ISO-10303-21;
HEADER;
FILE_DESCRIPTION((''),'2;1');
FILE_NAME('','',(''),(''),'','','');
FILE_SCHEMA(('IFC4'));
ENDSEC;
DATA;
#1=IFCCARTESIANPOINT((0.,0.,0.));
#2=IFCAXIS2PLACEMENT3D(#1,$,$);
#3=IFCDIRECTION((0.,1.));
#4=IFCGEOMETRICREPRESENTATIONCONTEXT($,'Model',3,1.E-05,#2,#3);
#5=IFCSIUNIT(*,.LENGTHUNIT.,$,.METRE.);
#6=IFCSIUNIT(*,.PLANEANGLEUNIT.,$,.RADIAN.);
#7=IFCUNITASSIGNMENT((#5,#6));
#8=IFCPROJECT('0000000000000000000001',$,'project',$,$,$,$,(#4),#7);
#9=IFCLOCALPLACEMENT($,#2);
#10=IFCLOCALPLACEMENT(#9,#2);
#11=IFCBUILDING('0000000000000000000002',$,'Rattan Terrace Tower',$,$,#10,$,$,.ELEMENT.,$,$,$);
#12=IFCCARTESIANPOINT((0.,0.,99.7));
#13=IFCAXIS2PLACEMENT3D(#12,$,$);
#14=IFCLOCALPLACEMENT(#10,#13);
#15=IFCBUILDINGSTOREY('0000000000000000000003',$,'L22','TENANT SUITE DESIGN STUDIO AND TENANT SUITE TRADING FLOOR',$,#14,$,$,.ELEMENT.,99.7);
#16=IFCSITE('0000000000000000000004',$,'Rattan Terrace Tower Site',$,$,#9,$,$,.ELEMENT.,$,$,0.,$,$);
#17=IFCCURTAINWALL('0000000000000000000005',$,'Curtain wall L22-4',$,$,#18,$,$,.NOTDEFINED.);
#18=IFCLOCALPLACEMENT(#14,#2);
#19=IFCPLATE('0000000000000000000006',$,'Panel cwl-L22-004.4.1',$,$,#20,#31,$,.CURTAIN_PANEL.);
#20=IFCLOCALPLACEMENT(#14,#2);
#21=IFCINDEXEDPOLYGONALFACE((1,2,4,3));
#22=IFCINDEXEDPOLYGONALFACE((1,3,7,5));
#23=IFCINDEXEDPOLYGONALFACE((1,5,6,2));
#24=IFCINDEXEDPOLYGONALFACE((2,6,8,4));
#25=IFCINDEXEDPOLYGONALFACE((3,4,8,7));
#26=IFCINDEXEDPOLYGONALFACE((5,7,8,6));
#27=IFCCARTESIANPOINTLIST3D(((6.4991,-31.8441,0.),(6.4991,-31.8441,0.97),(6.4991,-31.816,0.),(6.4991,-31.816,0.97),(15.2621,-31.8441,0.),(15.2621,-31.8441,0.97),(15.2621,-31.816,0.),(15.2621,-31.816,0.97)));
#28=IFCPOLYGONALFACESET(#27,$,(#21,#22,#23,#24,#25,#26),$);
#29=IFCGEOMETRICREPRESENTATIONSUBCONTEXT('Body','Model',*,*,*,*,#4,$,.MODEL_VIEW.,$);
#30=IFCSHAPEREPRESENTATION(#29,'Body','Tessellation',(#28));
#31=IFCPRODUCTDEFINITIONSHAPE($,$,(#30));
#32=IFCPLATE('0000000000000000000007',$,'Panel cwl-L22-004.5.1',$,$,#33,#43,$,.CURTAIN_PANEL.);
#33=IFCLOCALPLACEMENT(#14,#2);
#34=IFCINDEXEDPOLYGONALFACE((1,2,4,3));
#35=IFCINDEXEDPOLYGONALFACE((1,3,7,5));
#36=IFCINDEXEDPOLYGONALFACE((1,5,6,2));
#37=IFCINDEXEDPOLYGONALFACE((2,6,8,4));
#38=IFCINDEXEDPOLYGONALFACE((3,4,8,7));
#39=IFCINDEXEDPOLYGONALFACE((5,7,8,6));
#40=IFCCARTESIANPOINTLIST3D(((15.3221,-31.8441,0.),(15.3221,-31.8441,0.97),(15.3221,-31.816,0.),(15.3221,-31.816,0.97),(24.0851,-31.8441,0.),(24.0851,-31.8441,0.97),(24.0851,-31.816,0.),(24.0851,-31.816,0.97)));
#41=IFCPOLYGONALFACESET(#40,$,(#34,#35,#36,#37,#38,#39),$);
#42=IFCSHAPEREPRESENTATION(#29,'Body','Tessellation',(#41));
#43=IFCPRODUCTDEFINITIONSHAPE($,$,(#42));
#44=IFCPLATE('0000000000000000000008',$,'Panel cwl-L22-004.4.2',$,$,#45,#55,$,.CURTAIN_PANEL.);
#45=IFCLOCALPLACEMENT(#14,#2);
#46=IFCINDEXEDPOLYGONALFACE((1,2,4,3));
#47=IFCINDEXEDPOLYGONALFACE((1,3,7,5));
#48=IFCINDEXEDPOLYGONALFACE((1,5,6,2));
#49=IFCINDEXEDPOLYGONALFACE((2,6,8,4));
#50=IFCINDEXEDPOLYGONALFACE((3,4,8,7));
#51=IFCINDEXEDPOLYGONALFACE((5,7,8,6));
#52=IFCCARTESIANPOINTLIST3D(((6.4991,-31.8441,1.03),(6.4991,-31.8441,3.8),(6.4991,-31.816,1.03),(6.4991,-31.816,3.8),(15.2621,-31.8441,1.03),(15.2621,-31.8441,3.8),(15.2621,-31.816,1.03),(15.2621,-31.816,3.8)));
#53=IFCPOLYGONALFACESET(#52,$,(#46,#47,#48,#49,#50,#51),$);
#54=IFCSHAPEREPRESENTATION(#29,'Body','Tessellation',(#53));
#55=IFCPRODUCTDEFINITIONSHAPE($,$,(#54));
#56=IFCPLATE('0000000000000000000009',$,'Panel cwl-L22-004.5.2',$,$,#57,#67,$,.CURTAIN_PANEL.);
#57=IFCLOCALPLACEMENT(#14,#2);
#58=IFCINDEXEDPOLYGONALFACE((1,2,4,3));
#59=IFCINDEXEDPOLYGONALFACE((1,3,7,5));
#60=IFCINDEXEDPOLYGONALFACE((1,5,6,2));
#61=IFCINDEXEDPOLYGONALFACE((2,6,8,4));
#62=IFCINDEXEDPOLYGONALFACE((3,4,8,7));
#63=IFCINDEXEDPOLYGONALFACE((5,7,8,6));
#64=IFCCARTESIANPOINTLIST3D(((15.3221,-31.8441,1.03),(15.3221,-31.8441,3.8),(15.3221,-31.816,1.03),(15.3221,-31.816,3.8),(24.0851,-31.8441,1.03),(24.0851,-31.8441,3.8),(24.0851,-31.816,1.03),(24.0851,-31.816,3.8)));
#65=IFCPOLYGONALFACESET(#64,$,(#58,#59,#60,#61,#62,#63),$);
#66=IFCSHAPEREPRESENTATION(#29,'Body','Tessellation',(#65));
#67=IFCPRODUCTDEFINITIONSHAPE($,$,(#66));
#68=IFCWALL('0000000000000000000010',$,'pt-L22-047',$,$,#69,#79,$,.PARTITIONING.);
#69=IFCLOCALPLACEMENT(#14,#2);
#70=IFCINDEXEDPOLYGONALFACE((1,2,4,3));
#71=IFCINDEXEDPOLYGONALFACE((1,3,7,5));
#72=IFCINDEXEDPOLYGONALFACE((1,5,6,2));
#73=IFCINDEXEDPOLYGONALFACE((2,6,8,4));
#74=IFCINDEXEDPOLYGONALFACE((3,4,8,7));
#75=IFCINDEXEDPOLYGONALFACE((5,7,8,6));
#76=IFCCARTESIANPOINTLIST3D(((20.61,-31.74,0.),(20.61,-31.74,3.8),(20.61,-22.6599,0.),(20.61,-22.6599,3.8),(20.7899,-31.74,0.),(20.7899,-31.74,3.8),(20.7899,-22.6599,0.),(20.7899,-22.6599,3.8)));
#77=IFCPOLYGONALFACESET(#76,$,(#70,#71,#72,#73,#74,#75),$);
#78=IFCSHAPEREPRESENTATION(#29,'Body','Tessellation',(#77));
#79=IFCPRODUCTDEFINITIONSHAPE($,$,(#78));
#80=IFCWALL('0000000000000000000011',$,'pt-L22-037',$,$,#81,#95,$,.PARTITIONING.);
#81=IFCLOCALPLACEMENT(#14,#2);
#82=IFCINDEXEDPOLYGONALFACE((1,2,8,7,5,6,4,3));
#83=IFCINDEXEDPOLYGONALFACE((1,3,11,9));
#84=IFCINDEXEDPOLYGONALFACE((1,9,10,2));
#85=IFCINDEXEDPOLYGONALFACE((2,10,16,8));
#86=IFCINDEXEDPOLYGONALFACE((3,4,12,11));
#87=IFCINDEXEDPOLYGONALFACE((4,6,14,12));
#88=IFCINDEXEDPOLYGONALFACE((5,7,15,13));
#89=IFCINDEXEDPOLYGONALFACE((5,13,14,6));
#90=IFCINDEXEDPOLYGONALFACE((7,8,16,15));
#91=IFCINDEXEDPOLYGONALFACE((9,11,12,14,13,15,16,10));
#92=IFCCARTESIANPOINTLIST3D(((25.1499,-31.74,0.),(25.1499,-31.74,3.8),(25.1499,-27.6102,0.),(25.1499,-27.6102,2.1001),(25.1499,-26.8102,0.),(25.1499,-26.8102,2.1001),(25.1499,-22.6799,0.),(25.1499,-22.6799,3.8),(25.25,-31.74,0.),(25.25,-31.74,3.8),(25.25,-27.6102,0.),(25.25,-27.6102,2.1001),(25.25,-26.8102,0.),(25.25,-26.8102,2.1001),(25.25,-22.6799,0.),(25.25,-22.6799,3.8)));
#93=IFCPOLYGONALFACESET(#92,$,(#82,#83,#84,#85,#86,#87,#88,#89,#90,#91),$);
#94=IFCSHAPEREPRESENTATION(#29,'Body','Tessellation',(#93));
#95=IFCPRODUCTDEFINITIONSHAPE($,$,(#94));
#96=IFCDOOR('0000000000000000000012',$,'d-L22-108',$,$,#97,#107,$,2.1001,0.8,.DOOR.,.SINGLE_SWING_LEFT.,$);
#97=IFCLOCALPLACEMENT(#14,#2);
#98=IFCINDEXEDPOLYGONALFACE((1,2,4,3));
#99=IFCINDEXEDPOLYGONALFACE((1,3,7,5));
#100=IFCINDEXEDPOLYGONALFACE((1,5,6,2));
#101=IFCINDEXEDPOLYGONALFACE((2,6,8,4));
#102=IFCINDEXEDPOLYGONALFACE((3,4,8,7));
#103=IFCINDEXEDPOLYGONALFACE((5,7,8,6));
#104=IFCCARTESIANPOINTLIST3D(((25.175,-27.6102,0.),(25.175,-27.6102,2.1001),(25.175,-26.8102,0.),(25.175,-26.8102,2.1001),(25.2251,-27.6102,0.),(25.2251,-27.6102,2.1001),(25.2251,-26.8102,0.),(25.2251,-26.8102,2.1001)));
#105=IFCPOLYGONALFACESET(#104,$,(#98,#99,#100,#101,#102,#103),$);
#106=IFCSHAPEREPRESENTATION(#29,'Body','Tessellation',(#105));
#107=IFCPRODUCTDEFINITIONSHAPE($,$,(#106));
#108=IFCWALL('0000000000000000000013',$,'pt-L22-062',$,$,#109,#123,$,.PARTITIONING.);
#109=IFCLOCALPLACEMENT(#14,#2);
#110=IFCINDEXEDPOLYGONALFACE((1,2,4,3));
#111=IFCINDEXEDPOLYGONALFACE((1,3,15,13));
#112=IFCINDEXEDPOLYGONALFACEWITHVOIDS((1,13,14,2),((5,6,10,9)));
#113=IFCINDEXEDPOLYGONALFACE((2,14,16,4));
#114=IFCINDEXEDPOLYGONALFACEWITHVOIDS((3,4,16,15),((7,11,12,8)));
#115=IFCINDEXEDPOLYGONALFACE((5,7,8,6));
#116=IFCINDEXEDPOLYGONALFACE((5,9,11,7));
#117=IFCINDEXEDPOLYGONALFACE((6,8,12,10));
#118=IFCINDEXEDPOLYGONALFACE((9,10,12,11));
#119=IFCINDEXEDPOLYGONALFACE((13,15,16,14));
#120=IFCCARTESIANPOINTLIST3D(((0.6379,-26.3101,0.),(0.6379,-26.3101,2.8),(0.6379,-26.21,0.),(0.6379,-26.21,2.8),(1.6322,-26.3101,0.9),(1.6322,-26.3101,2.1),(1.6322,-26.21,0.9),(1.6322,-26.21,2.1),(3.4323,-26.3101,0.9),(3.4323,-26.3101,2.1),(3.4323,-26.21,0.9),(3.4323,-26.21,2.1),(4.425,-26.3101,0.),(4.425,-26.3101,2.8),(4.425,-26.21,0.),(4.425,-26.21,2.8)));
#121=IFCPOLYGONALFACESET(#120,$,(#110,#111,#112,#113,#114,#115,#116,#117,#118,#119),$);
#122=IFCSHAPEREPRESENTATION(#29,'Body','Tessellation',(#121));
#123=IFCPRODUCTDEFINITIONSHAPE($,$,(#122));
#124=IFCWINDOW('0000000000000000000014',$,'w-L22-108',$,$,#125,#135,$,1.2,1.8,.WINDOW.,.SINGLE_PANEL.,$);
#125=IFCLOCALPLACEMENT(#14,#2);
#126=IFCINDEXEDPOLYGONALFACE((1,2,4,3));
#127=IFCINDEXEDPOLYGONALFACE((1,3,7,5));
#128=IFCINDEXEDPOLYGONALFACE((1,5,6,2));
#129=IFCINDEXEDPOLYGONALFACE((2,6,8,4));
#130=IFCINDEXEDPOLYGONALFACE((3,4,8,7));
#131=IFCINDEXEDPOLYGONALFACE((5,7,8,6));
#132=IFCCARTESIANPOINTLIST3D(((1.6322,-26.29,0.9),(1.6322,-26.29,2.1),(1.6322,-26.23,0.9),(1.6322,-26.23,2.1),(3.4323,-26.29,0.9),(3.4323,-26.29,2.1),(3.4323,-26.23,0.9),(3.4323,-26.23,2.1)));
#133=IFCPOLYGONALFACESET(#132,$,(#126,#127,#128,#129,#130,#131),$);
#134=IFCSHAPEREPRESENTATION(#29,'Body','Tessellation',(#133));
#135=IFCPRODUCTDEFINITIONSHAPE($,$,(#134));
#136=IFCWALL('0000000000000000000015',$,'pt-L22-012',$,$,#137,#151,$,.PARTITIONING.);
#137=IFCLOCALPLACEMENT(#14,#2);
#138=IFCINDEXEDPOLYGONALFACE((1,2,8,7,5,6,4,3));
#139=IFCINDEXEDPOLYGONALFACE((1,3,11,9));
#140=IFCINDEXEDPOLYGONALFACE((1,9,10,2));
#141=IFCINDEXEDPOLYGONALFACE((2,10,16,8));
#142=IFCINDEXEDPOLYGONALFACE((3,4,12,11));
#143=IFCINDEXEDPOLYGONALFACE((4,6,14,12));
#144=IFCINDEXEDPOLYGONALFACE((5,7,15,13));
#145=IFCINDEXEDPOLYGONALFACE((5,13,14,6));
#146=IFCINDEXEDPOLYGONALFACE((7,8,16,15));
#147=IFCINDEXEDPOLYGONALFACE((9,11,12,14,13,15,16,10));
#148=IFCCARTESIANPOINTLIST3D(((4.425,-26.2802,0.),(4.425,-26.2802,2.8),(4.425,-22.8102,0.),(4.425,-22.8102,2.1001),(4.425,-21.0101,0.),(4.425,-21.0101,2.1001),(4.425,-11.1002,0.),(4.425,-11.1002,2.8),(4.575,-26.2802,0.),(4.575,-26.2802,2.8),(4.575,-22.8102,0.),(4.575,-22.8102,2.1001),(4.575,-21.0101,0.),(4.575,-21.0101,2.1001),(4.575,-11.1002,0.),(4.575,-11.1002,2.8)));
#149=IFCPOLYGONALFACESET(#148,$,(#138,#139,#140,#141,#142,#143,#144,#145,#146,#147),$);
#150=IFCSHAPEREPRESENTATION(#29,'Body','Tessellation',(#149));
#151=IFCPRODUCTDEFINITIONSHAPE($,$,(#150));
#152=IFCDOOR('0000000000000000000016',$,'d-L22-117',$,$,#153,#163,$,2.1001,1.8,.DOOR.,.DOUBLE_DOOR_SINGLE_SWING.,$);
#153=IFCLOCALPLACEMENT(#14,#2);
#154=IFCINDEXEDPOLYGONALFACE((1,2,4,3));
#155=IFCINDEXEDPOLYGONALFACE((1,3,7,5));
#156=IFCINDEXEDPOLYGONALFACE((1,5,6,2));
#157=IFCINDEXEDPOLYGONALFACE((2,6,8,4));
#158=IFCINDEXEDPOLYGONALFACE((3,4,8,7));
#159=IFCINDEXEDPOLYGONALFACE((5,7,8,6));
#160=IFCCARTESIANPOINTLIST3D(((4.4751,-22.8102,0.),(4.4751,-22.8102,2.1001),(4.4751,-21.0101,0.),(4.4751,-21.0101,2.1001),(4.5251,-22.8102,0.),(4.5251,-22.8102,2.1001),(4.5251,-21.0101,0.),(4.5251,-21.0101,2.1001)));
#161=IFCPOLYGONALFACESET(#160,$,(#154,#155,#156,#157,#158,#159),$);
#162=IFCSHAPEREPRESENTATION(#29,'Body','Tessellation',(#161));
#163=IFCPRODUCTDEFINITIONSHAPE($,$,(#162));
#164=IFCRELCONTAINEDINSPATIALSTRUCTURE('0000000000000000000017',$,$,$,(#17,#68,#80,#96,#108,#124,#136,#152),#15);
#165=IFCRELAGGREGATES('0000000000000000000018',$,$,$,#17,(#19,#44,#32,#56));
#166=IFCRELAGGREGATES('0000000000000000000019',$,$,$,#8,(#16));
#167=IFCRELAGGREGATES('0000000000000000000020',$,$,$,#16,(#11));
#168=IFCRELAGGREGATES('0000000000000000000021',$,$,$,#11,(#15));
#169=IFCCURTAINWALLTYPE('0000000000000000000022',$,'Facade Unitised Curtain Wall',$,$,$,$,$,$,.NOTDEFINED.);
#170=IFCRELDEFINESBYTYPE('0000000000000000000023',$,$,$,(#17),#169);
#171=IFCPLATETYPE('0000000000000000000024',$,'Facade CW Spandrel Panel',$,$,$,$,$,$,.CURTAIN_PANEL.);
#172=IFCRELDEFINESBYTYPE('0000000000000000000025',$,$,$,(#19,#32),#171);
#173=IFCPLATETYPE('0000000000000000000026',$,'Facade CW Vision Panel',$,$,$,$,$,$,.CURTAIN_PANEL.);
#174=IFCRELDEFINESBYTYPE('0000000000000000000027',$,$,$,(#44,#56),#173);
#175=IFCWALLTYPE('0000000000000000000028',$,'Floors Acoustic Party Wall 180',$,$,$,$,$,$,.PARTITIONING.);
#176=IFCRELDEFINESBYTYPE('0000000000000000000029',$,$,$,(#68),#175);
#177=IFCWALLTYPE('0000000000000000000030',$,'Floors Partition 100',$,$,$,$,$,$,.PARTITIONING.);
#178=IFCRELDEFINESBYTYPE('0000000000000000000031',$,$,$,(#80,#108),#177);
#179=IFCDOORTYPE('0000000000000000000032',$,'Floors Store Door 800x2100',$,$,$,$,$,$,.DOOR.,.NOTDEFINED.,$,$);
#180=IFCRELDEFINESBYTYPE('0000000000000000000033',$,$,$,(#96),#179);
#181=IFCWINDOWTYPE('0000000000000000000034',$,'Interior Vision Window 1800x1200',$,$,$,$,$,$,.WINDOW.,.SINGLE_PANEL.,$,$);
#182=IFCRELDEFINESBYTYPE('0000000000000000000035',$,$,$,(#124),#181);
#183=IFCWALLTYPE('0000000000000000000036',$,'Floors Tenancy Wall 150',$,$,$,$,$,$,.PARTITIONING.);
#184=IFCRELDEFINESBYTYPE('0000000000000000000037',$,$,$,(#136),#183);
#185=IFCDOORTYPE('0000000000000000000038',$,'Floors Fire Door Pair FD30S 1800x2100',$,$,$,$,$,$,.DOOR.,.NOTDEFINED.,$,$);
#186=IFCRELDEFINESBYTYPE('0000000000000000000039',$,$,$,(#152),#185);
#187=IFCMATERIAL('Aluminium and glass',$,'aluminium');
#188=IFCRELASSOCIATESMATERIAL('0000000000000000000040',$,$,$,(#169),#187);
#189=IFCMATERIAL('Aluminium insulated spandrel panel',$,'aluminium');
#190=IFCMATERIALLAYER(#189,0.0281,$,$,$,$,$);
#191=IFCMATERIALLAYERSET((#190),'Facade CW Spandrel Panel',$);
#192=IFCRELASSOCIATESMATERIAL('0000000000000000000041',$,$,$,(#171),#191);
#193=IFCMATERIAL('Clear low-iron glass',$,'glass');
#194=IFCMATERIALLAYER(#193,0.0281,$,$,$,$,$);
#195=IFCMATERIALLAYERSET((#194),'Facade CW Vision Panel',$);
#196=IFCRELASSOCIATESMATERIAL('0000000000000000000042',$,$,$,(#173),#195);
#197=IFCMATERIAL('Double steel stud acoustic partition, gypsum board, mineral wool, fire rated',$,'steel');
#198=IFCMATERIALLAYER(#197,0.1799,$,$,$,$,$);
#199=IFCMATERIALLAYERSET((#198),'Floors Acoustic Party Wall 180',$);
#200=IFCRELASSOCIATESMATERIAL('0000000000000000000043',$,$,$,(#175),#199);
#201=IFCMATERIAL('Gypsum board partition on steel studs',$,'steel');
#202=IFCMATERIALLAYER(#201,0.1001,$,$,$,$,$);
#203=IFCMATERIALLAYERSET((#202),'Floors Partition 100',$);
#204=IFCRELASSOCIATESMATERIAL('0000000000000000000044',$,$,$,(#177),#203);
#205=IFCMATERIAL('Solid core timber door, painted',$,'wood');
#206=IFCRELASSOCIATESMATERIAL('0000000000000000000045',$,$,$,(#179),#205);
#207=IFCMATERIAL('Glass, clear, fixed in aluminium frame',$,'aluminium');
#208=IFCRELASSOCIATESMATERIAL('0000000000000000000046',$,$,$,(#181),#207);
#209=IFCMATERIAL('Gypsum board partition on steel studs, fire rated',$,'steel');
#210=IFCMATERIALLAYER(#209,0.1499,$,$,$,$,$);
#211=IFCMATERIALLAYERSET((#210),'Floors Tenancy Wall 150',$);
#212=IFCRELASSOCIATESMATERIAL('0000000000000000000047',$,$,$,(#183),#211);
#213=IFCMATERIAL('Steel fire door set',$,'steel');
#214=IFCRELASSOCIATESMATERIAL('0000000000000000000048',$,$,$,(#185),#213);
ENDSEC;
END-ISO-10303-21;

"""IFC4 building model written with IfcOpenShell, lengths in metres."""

from ifc_helpers import new_model, si_unit, direction, frame, frame_2d, origin, origin_2d, place, context, subcontext, project, spatial, rectangle, extrude, material, layer, layer_set, type_object, element, fill, aggregate, save


model = new_model("IFC4")

# Units and contexts
model_context = context("Model", 3, precision=1e-05, world=origin(), true_north=direction((0.0, 1.0)))
body_context = subcontext(model_context, "Body", "Model", "MODEL_VIEW")
ifc_project = project(units=[si_unit("LENGTHUNIT", "METRE"), si_unit("PLANEANGLEUNIT", "RADIAN")], contexts=[model_context])

# Site, building, storey
site_placement = place(None, origin())
site = spatial("IfcSite", under=ifc_project, at=site_placement, Name="Rattan Terrace Tower Site", CompositionType="ELEMENT", RefElevation=0.0)
building_placement = place(site_placement, origin())
building = spatial("IfcBuilding", under=site, at=building_placement, Name="Rattan Terrace Tower", CompositionType="ELEMENT")
storey_placement = place(building_placement, frame((0.0, 0.0, 99.7)))
storey = spatial("IfcBuildingStorey", under=building, at=storey_placement, Name="L22", Description="TENANT SUITE DESIGN STUDIO AND TENANT SUITE TRADING FLOOR", CompositionType="ELEMENT", Elevation=99.7)

# Curtain wall
ifc_material_1 = material(Name="Aluminium and glass", Category="aluminium")
curtain_wall_type = type_object("IfcCurtainWallType", Name="Facade Unitised Curtain Wall", PredefinedType="NOTDEFINED", material=ifc_material_1)
curtain_wall_placement = place(storey_placement, origin())
curtain_wall = element("IfcCurtainWall", 1, at=curtain_wall_placement, inside=storey, type_object=curtain_wall_type, Name="Curtain wall L22-4", PredefinedType="NOTDEFINED")

# Plates
ifc_material_2 = material(Name="Aluminium insulated spandrel panel", Category="aluminium")
ifc_layer_1 = layer(ifc_material_2, 0.0281)
ifc_layer_set_1 = layer_set([ifc_layer_1], Name="Facade CW Spandrel Panel")
plate_type_1 = type_object("IfcPlateType", Name="Facade CW Spandrel Panel", PredefinedType="CURTAIN_PANEL", material=ifc_layer_set_1)
plate_1_placement = place(storey_placement, frame((10.8806, -31.8301, 0.0), z_axis=(0.0, 0.0, 1.0), x_axis=(1.0, 0.0, 0.0)))
plate_1 = element("IfcPlate", 2, at=plate_1_placement, type_object=plate_type_1, Name="Panel cwl-L22-004.4.1", PredefinedType="CURTAIN_PANEL", context=body_context, shape_type="SweptSolid", body=[
    extrude(rectangle(XDim=8.7629, YDim=0.0281, at=origin_2d()), origin(), (0.0, 0.0, 1.0), 0.97),
])
plate_2_placement = place(storey_placement, frame((19.7036, -31.8301, 0.0), z_axis=(0.0, 0.0, 1.0), x_axis=(1.0, 0.0, 0.0)))
plate_2 = element("IfcPlate", 3, at=plate_2_placement, type_object=plate_type_1, Name="Panel cwl-L22-004.5.1", PredefinedType="CURTAIN_PANEL", context=body_context, shape_type="SweptSolid", body=[
    extrude(rectangle(XDim=8.7629, YDim=0.0281, at=origin_2d()), origin(), (0.0, 0.0, 1.0), 0.97),
])
ifc_material_3 = material(Name="Clear low-iron glass", Category="glass")
ifc_layer_2 = layer(ifc_material_3, 0.0281)
ifc_layer_set_2 = layer_set([ifc_layer_2], Name="Facade CW Vision Panel")
plate_type_2 = type_object("IfcPlateType", Name="Facade CW Vision Panel", PredefinedType="CURTAIN_PANEL", material=ifc_layer_set_2)
plate_3_placement = place(storey_placement, frame((10.8806, -31.8301, 1.03), z_axis=(0.0, 0.0, 1.0), x_axis=(1.0, 0.0, 0.0)))
plate_3 = element("IfcPlate", 4, at=plate_3_placement, type_object=plate_type_2, Name="Panel cwl-L22-004.4.2", PredefinedType="CURTAIN_PANEL", context=body_context, shape_type="SweptSolid", body=[
    extrude(rectangle(XDim=8.7629, YDim=0.0281, at=origin_2d()), origin(), (0.0, 0.0, 1.0), 2.77),
])
plate_4_placement = place(storey_placement, frame((19.7036, -31.8301, 1.03), z_axis=(0.0, 0.0, 1.0), x_axis=(1.0, 0.0, 0.0)))
plate_4 = element("IfcPlate", 5, at=plate_4_placement, type_object=plate_type_2, Name="Panel cwl-L22-004.5.2", PredefinedType="CURTAIN_PANEL", context=body_context, shape_type="SweptSolid", body=[
    extrude(rectangle(XDim=8.7629, YDim=0.0281, at=origin_2d()), origin(), (0.0, 0.0, 1.0), 2.77),
])
aggregate(curtain_wall, [plate_1, plate_3, plate_2, plate_4])

# Wall
ifc_material_4 = material(Name="Double steel stud acoustic partition, gypsum board, mineral wool, fire rated", Category="steel")
ifc_layer_3 = layer(ifc_material_4, 0.1799)
ifc_layer_set_3 = layer_set([ifc_layer_3], Name="Floors Acoustic Party Wall 180")
wall_type_1 = type_object("IfcWallType", Name="Floors Acoustic Party Wall 180", PredefinedType="PARTITIONING", material=ifc_layer_set_3)
wall_1_placement = place(storey_placement, frame((20.7, -31.74, 0.0), z_axis=(0.0, 0.0, 1.0), x_axis=(0.0, 1.0, 0.0)))
element("IfcWall", 6, at=wall_1_placement, inside=storey, type_object=wall_type_1, Name="pt-L22-047", PredefinedType="PARTITIONING", context=body_context, shape_type="SweptSolid", body=[
    extrude(rectangle(XDim=9.0801, YDim=0.1799, at=frame_2d((4.54, 0.0))), origin(), (0.0, 0.0, 1.0), 3.8),
])

# Wall, opening, door
ifc_material_5 = material(Name="Gypsum board partition on steel studs", Category="steel")
ifc_layer_4 = layer(ifc_material_5, 0.1001)
ifc_layer_set_4 = layer_set([ifc_layer_4], Name="Floors Partition 100")
wall_type_2 = type_object("IfcWallType", Name="Floors Partition 100", PredefinedType="PARTITIONING", material=ifc_layer_set_4)
wall_2_placement = place(storey_placement, frame((25.2, -31.74, 0.0), z_axis=(0.0, 0.0, 1.0), x_axis=(0.0, 1.0, 0.0)))
wall_2 = element("IfcWall", 7, at=wall_2_placement, inside=storey, type_object=wall_type_2, Name="pt-L22-037", PredefinedType="PARTITIONING", context=body_context, shape_type="SweptSolid", body=[
    extrude(rectangle(XDim=9.0601, YDim=0.1001, at=frame_2d((4.53, 0.0))), origin(), (0.0, 0.0, 1.0), 3.8),
])
opening_1_placement = place(wall_2_placement, frame((4.1299, 0.0, 0.0)))
opening_1 = element("IfcOpeningElement", 8, at=opening_1_placement, cuts=wall_2, PredefinedType="OPENING", context=body_context, shape_type="SweptSolid", body=[
    extrude(rectangle(XDim=0.8, YDim=2.1001, at=frame_2d((0.3999, 1.05))), frame((0.0, 0.0605, 0.0), z_axis=(0.0, -1.0, 0.0), x_axis=(1.0, 0.0, 0.0)), (0.0, 0.0, 1.0), 0.1211),
])
ifc_material_6 = material(Name="Solid core timber door, painted", Category="wood")
door_type_1 = type_object("IfcDoorType", Name="Floors Store Door 800x2100", OperationType="NOTDEFINED", PredefinedType="DOOR", material=ifc_material_6)
door_1_placement = place(opening_1_placement, origin())
door_1 = element("IfcDoor", 9, at=door_1_placement, inside=storey, type_object=door_type_1, Name="d-L22-108", OperationType="SINGLE_SWING_LEFT", OverallHeight=2.1001, OverallWidth=0.8, PredefinedType="DOOR", context=body_context, shape_type="SweptSolid", body=[
    extrude(rectangle(XDim=0.8, YDim=2.1001, at=frame_2d((0.3999, 1.05))), frame((0.0, 0.0249, 0.0), z_axis=(0.0, -1.0, 0.0), x_axis=(1.0, 0.0, 0.0)), (0.0, 0.0, 1.0), 0.05),
])
fill(opening_1, door_1)

# Wall, opening, window
wall_3_placement = place(storey_placement, frame((4.425, -26.26, 0.0), z_axis=(0.0, 0.0, 1.0), x_axis=(-1.0, 0.0, 0.0)))
wall_3 = element("IfcWall", 10, at=wall_3_placement, inside=storey, type_object=wall_type_2, Name="pt-L22-062", PredefinedType="PARTITIONING", context=body_context, shape_type="SweptSolid", body=[
    extrude(rectangle(XDim=3.7871, YDim=0.1001, at=frame_2d((1.8936, 0.0))), origin(), (0.0, 0.0, 1.0), 2.8),
])
opening_2_placement = place(wall_3_placement, frame((0.9929, 0.0, 0.8999)))
opening_2 = element("IfcOpeningElement", 11, at=opening_2_placement, cuts=wall_3, PredefinedType="OPENING", context=body_context, shape_type="SweptSolid", body=[
    extrude(rectangle(XDim=1.8, YDim=1.2, at=frame_2d((0.8999, 0.6001))), frame((0.0, 0.0605, 0.0), z_axis=(0.0, -1.0, 0.0), x_axis=(1.0, 0.0, 0.0)), (0.0, 0.0, 1.0), 0.1211),
])
ifc_material_7 = material(Name="Glass, clear, fixed in aluminium frame", Category="aluminium")
window_type = type_object("IfcWindowType", Name="Interior Vision Window 1800x1200", PartitioningType="SINGLE_PANEL", PredefinedType="WINDOW", material=ifc_material_7)
window_placement = place(opening_2_placement, origin())
window = element("IfcWindow", 12, at=window_placement, inside=storey, type_object=window_type, Name="w-L22-108", OverallHeight=1.2, OverallWidth=1.8, PartitioningType="SINGLE_PANEL", PredefinedType="WINDOW", context=body_context, shape_type="SweptSolid", body=[
    extrude(rectangle(XDim=1.8, YDim=1.2, at=frame_2d((0.8999, 0.6001))), frame((0.0, 0.03, 0.0), z_axis=(0.0, -1.0, 0.0), x_axis=(1.0, 0.0, 0.0)), (0.0, 0.0, 1.0), 0.0601),
])
fill(opening_2, window)

# Wall, opening, door
ifc_material_8 = material(Name="Gypsum board partition on steel studs, fire rated", Category="steel")
ifc_layer_5 = layer(ifc_material_8, 0.1499)
ifc_layer_set_5 = layer_set([ifc_layer_5], Name="Floors Tenancy Wall 150")
wall_type_3 = type_object("IfcWallType", Name="Floors Tenancy Wall 150", PredefinedType="PARTITIONING", material=ifc_layer_set_5)
wall_4_placement = place(storey_placement, frame((4.5, -26.28, 0.0), z_axis=(0.0, 0.0, 1.0), x_axis=(0.0, 1.0, 0.0)))
wall_4 = element("IfcWall", 13, at=wall_4_placement, inside=storey, type_object=wall_type_3, Name="pt-L22-012", PredefinedType="PARTITIONING", context=body_context, shape_type="SweptSolid", body=[
    extrude(rectangle(XDim=15.1799, YDim=0.1499, at=frame_2d((7.5898, 0.0))), origin(), (0.0, 0.0, 1.0), 2.8),
])
opening_3_placement = place(wall_4_placement, frame((3.47, 0.0, 0.0)))
opening_3 = element("IfcOpeningElement", 14, at=opening_3_placement, cuts=wall_4, PredefinedType="OPENING", context=body_context, shape_type="SweptSolid", body=[
    extrude(rectangle(XDim=1.8, YDim=2.1001, at=frame_2d((0.8999, 1.05))), frame((0.0, 0.0854, 0.0), z_axis=(0.0, -1.0, 0.0), x_axis=(1.0, 0.0, 0.0)), (0.0, 0.0, 1.0), 0.1709),
])
ifc_material_9 = material(Name="Steel fire door set", Category="steel")
door_type_2 = type_object("IfcDoorType", Name="Floors Fire Door Pair FD30S 1800x2100", OperationType="NOTDEFINED", PredefinedType="DOOR", material=ifc_material_9)
door_2_placement = place(opening_3_placement, origin())
door_2 = element("IfcDoor", 15, at=door_2_placement, inside=storey, type_object=door_type_2, Name="d-L22-117", OperationType="DOUBLE_DOOR_SINGLE_SWING", OverallHeight=2.1001, OverallWidth=1.8, PredefinedType="DOOR", context=body_context, shape_type="SweptSolid", body=[
    extrude(rectangle(XDim=1.8, YDim=2.1001, at=frame_2d((0.8999, 1.05))), frame((0.0, 0.0249, 0.0), z_axis=(0.0, -1.0, 0.0), x_axis=(1.0, 0.0, 0.0)), (0.0, 0.0, 1.0), 0.05),
])
fill(opening_3, door_2)

save(model, "model.ifc")
